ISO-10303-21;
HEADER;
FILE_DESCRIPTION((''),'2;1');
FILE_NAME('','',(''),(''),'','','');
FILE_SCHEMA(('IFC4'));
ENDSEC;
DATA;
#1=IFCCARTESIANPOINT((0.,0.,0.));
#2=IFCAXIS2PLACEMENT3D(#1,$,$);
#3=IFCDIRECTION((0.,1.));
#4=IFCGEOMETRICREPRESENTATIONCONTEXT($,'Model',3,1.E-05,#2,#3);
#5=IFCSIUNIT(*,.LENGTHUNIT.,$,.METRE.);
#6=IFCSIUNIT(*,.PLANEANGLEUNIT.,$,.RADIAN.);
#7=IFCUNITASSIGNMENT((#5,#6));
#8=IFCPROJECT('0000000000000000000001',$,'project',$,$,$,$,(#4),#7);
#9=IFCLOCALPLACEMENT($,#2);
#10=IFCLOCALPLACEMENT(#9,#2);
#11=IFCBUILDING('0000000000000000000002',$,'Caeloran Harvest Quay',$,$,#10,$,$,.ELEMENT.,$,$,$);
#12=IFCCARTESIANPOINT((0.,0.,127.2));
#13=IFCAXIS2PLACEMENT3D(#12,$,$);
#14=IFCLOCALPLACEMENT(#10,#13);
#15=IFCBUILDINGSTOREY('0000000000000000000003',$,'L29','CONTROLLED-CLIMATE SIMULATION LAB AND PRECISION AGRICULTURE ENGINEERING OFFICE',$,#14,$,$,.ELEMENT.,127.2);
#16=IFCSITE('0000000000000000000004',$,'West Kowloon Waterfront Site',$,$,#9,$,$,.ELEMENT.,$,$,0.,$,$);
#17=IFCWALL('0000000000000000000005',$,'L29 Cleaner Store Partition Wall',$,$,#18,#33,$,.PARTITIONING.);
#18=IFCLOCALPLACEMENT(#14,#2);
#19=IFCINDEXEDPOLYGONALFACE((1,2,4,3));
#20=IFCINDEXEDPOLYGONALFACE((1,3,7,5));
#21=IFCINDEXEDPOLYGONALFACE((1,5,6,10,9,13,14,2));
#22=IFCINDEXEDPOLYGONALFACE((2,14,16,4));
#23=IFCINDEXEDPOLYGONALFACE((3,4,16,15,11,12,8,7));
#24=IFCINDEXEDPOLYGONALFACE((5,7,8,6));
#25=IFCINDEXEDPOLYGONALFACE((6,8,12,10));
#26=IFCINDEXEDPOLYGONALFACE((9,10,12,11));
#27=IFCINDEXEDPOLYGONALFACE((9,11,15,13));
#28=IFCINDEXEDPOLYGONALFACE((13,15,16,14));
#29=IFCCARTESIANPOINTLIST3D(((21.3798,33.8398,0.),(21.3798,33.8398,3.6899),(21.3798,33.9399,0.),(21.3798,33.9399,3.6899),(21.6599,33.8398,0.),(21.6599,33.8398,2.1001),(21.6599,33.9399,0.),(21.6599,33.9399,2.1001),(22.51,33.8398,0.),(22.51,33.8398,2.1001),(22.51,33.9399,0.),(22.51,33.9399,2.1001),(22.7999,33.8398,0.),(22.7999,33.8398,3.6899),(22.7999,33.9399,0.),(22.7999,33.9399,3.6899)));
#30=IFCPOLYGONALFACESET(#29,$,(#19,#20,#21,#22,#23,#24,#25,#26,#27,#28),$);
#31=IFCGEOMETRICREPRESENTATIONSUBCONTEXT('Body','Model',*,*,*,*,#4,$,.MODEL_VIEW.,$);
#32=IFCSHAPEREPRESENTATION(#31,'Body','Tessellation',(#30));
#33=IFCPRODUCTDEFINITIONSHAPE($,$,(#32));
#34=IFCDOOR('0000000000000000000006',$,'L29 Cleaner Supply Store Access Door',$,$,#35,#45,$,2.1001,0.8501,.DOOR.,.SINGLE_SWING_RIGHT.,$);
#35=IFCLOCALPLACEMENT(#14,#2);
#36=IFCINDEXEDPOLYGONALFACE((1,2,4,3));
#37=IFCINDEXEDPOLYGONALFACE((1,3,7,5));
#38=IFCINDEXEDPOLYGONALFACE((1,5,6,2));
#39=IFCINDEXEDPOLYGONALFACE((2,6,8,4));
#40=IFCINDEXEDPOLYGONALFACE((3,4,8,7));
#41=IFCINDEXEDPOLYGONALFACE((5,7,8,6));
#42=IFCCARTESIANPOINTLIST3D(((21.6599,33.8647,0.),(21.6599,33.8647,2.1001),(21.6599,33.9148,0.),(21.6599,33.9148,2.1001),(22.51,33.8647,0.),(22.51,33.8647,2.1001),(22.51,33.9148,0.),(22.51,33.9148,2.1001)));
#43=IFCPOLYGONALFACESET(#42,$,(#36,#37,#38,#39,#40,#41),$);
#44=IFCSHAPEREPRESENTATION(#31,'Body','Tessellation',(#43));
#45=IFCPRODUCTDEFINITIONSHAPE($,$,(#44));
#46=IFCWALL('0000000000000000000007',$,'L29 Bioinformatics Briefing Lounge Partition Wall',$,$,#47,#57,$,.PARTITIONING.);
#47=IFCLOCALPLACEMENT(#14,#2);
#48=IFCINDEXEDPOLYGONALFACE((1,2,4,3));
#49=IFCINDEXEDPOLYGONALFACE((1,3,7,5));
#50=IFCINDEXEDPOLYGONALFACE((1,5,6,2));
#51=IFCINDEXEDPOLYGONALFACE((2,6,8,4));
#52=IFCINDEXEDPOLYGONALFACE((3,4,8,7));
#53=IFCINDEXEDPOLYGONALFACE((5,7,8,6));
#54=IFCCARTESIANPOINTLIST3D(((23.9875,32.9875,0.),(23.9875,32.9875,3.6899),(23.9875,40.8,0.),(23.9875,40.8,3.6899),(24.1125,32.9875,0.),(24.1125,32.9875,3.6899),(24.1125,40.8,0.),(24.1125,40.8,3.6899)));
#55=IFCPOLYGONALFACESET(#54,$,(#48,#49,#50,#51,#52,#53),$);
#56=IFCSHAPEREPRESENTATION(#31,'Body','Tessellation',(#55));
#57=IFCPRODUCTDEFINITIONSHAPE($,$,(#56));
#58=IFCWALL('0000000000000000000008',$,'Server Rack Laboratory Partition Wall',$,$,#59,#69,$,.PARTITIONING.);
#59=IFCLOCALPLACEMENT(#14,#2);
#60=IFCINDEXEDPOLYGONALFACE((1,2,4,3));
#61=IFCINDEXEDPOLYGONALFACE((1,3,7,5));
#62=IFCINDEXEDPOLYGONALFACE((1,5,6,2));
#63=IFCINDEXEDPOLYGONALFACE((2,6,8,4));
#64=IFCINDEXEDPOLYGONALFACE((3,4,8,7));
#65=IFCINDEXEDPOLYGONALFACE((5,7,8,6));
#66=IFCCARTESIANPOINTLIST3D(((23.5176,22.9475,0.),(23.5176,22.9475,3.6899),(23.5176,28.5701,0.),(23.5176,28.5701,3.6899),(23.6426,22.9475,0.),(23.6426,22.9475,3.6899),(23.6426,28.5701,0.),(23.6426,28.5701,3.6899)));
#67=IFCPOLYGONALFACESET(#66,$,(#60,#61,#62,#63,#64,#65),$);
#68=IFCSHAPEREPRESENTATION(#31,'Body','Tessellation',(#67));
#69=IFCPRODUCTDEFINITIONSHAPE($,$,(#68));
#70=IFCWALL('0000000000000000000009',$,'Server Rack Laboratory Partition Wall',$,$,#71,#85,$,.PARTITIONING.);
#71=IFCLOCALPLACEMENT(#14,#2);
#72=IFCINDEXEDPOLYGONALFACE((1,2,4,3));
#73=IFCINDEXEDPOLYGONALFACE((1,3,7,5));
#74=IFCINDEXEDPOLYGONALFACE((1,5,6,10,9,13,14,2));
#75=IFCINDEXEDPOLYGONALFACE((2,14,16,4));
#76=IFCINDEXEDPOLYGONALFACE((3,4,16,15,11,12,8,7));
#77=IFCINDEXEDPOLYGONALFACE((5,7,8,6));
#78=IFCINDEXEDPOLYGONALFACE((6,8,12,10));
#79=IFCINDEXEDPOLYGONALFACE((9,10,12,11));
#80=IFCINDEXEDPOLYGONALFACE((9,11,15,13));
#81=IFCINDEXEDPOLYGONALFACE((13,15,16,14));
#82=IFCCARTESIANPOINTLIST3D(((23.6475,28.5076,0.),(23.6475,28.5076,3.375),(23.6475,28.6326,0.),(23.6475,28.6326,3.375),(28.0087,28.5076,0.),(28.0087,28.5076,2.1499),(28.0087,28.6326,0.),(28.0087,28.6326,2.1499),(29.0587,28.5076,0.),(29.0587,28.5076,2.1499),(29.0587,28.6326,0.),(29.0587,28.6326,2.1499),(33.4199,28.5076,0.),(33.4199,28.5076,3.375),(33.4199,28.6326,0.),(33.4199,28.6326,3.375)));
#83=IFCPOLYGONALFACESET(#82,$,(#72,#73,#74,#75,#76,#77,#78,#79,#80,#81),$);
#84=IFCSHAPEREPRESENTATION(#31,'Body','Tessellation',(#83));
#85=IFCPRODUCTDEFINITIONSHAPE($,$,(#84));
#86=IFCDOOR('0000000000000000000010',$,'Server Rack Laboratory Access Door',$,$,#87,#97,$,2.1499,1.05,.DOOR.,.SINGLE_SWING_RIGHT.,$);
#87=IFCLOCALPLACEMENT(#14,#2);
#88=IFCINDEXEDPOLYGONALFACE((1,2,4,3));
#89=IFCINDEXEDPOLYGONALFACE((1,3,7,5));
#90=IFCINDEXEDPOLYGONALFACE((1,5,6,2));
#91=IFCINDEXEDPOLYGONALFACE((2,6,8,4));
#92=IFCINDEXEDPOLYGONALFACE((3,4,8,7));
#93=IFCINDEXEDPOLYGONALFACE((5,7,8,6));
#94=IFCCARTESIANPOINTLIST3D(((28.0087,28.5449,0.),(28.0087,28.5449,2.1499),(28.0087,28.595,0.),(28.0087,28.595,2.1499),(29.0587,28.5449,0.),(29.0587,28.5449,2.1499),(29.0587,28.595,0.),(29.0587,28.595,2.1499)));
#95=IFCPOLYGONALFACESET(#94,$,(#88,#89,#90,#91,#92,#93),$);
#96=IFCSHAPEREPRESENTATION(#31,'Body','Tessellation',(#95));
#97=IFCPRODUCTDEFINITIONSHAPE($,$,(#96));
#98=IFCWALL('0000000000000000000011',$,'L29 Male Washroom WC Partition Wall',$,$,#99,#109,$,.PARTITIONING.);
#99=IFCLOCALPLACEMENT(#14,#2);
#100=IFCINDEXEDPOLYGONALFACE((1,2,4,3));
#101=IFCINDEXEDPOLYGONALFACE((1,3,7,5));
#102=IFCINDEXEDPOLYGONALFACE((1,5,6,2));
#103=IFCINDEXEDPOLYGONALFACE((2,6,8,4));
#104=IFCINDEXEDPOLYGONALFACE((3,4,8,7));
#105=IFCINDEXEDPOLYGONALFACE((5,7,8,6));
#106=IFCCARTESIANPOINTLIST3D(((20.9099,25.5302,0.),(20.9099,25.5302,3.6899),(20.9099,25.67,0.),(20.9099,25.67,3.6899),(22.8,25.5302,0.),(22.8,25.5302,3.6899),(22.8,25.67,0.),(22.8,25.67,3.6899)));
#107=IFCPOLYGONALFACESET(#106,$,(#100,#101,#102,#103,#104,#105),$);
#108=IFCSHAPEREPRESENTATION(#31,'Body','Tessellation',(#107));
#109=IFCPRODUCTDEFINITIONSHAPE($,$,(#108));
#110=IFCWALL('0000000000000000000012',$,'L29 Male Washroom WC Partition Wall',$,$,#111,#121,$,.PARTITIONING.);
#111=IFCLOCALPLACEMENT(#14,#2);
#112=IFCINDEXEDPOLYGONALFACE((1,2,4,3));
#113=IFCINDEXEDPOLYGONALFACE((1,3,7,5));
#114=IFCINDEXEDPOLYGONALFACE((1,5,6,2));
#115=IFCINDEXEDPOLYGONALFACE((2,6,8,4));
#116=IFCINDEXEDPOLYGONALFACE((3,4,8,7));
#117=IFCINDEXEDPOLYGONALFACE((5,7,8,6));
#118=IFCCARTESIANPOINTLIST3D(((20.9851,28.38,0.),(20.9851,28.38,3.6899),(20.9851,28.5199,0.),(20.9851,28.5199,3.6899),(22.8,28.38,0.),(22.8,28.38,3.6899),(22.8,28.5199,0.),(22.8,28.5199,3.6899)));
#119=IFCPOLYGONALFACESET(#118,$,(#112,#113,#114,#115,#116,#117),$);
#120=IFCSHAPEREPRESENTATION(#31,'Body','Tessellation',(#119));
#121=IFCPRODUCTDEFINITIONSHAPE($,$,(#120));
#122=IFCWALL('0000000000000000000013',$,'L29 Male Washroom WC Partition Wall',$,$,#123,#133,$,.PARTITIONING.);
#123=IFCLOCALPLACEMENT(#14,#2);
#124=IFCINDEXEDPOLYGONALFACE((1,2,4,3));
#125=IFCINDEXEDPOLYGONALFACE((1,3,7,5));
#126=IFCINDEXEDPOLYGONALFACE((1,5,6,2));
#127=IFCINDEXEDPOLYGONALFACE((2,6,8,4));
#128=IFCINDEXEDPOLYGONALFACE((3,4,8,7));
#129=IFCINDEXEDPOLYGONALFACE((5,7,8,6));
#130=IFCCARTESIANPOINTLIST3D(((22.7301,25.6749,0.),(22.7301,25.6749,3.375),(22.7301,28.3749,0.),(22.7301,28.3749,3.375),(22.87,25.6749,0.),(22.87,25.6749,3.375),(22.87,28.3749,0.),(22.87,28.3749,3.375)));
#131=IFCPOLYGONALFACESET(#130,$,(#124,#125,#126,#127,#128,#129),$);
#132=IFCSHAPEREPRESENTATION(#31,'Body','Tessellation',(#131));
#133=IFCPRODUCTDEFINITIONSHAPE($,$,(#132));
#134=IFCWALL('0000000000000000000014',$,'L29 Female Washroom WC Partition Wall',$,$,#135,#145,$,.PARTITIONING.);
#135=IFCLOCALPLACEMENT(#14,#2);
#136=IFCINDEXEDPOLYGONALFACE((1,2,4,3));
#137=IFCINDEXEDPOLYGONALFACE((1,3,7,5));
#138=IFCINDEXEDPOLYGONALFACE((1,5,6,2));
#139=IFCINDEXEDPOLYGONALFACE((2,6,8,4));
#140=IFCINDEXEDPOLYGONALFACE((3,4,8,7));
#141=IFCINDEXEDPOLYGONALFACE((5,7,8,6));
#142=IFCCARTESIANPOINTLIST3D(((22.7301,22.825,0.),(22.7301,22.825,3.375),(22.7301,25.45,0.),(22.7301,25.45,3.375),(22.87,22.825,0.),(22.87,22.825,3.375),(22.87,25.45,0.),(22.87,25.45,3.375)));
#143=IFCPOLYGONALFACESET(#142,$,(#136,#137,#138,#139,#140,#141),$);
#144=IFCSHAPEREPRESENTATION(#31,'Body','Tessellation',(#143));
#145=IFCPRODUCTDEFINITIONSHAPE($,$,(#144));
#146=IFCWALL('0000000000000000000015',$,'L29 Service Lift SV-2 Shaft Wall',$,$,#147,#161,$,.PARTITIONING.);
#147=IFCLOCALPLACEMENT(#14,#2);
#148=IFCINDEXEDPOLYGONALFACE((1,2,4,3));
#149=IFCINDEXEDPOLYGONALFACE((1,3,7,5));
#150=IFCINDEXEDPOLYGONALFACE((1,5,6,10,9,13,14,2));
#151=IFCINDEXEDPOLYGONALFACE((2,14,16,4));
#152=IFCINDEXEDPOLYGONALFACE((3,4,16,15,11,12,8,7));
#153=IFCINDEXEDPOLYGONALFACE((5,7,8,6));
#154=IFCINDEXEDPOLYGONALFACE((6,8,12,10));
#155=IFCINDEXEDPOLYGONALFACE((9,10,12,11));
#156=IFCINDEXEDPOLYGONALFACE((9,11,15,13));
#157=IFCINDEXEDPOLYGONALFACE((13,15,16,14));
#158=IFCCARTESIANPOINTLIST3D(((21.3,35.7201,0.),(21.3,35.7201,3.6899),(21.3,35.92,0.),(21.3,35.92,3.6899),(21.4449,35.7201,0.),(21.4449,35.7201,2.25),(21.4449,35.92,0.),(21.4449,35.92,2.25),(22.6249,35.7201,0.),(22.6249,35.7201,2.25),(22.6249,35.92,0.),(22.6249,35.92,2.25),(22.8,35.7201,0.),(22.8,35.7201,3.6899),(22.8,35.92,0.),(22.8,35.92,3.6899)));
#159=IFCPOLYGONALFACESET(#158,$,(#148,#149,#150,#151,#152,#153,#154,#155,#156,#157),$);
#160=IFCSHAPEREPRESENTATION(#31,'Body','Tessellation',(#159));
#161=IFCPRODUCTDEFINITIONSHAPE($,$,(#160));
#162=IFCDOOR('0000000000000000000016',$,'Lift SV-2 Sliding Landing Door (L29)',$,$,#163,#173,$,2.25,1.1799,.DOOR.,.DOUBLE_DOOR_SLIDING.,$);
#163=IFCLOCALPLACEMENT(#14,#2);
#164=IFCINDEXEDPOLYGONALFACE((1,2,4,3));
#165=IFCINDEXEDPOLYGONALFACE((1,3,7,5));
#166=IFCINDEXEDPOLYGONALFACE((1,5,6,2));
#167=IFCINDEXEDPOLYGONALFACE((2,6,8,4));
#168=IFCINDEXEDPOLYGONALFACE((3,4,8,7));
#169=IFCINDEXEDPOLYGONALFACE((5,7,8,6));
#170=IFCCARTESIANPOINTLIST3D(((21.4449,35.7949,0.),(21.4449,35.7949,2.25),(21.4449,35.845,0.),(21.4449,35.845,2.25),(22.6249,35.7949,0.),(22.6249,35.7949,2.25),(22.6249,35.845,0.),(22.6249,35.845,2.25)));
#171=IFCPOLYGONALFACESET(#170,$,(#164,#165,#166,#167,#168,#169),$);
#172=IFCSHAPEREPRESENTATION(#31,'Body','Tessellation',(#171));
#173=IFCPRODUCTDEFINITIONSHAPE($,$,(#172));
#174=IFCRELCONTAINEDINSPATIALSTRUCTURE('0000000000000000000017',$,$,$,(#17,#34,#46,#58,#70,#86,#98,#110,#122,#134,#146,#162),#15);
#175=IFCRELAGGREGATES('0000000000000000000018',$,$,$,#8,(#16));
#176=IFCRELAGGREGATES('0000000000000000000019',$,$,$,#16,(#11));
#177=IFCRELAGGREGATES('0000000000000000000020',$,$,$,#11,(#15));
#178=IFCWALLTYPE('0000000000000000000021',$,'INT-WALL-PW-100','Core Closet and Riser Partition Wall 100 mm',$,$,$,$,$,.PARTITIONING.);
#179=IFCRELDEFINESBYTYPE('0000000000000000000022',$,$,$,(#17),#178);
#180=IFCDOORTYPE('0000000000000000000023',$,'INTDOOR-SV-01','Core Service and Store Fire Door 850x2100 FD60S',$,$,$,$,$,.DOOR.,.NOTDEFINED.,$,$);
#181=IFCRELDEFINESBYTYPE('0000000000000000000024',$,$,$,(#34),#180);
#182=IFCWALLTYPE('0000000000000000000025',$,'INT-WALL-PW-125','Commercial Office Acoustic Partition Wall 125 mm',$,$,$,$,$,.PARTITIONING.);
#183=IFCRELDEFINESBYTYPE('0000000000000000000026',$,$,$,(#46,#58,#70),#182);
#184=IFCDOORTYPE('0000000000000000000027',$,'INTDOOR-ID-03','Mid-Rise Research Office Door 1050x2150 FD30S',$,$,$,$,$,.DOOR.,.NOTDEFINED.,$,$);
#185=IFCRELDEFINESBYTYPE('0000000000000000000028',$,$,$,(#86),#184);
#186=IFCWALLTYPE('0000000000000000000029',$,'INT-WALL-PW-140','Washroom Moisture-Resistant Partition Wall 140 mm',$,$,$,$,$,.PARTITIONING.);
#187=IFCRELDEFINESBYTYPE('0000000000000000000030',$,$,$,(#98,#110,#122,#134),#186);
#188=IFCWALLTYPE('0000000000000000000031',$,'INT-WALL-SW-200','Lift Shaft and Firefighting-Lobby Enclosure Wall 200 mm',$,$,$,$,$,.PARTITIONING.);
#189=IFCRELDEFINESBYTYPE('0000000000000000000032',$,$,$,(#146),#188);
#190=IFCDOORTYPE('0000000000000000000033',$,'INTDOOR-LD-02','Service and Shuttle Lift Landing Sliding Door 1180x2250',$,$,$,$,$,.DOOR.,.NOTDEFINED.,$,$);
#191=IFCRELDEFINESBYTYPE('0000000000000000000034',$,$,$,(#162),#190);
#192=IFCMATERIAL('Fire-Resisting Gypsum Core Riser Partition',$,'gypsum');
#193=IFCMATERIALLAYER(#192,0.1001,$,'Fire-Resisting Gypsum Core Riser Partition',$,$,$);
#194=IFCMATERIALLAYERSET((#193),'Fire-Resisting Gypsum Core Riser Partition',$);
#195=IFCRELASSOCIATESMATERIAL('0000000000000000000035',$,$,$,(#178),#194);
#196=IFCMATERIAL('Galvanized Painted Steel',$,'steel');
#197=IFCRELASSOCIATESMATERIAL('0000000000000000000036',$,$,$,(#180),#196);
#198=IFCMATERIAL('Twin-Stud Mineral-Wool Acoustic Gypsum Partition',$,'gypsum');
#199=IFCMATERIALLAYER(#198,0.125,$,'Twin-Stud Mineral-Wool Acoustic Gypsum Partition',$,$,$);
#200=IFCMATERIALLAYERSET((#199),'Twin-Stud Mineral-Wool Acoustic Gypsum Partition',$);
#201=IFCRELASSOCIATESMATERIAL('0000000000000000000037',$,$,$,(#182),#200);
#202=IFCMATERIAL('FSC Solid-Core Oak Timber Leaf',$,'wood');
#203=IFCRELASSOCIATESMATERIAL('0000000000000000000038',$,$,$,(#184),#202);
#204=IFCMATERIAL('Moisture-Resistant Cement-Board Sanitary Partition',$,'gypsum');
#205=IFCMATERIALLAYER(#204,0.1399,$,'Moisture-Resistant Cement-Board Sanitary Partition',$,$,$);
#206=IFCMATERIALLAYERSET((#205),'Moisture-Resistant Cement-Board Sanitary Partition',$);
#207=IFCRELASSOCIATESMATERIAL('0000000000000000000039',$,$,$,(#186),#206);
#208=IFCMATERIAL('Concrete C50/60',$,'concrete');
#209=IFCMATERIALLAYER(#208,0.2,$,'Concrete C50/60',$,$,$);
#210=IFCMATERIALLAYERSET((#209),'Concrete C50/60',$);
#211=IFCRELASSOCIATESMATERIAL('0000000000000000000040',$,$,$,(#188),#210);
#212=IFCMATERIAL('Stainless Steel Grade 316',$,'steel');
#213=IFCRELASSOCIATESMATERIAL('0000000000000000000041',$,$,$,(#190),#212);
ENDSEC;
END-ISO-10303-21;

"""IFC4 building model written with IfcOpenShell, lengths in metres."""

from ifc_helpers import new_model, si_unit, direction, frame, frame_2d, origin, place, context, subcontext, project, spatial, rectangle, extrude, material, layer, layer_set, type_object, element, fill, save


model = new_model("IFC4")

# Units and contexts
model_context = context("Model", 3, precision=1e-05, world=origin(), true_north=direction((0.0, 1.0)))
body_context = subcontext(model_context, "Body", "Model", "MODEL_VIEW")
ifc_project = project(units=[si_unit("LENGTHUNIT", "METRE"), si_unit("PLANEANGLEUNIT", "RADIAN")], contexts=[model_context])

# Site, building, storey
site_placement = place(None, origin())
site = spatial("IfcSite", under=ifc_project, at=site_placement, Name="West Kowloon Waterfront Site", CompositionType="ELEMENT", RefElevation=0.0)
building_placement = place(site_placement, origin())
building = spatial("IfcBuilding", under=site, at=building_placement, Name="Caeloran Harvest Quay", CompositionType="ELEMENT")
storey_placement = place(building_placement, frame((0.0, 0.0, 127.2)))
storey = spatial("IfcBuildingStorey", under=building, at=storey_placement, Name="L29", Description="CONTROLLED-CLIMATE SIMULATION LAB AND PRECISION AGRICULTURE ENGINEERING OFFICE", CompositionType="ELEMENT", Elevation=127.2)

# Wall, opening, door
ifc_material_1 = material(Name="Fire-Resisting Gypsum Core Riser Partition", Category="gypsum")
ifc_layer_1 = layer(ifc_material_1, 0.1001, Name="Fire-Resisting Gypsum Core Riser Partition")
ifc_layer_set_1 = layer_set([ifc_layer_1], Name="Fire-Resisting Gypsum Core Riser Partition")
wall_type_1 = type_object("IfcWallType", Name="INT-WALL-PW-100", Description="Core Closet and Riser Partition Wall 100 mm", PredefinedType="PARTITIONING", material=ifc_layer_set_1)
wall_1_placement = place(storey_placement, frame((21.3799, 33.8899, 0.0), z_axis=(0.0, 0.0, 1.0), x_axis=(1.0, 0.0, 0.0)))
wall_1 = element("IfcWall", 1, at=wall_1_placement, inside=storey, type_object=wall_type_1, Name="L29 Cleaner Store Partition Wall", PredefinedType="PARTITIONING", context=body_context, shape_type="SweptSolid", body=[
    extrude(rectangle(XDim=1.4202, YDim=0.1001, at=frame_2d((0.71, 0.0))), origin(), (0.0, 0.0, 1.0), 3.6899),
])
opening_1_placement = place(wall_1_placement, frame((0.28, 0.0, 0.0)))
opening_1 = element("IfcOpeningElement", 2, at=opening_1_placement, cuts=wall_1, PredefinedType="OPENING", context=body_context, shape_type="SweptSolid", body=[
    extrude(rectangle(XDim=0.8501, YDim=2.1001, at=frame_2d((0.425, 1.05))), frame((0.0, 0.0601, 0.0), z_axis=(0.0, -1.0, 0.0), x_axis=(1.0, 0.0, 0.0)), (0.0, 0.0, 1.0), 0.1201),
])
ifc_material_2 = material(Name="Galvanized Painted Steel", Category="steel")
door_type_1 = type_object("IfcDoorType", Name="INTDOOR-SV-01", Description="Core Service and Store Fire Door 850x2100 FD60S", OperationType="NOTDEFINED", PredefinedType="DOOR", material=ifc_material_2)
door_1_placement = place(opening_1_placement, origin())
door_1 = element("IfcDoor", 3, at=door_1_placement, inside=storey, type_object=door_type_1, Name="L29 Cleaner Supply Store Access Door", OperationType="SINGLE_SWING_RIGHT", OverallHeight=2.1001, OverallWidth=0.8501, PredefinedType="DOOR", context=body_context, shape_type="SweptSolid", body=[
    extrude(rectangle(XDim=0.8501, YDim=2.1001, at=frame_2d((0.425, 1.05))), frame((0.0, 0.0249, 0.0), z_axis=(0.0, -1.0, 0.0), x_axis=(1.0, 0.0, 0.0)), (0.0, 0.0, 1.0), 0.05),
])
fill(opening_1, door_1)

# Walls
ifc_material_3 = material(Name="Twin-Stud Mineral-Wool Acoustic Gypsum Partition", Category="gypsum")
ifc_layer_2 = layer(ifc_material_3, 0.125, Name="Twin-Stud Mineral-Wool Acoustic Gypsum Partition")
ifc_layer_set_2 = layer_set([ifc_layer_2], Name="Twin-Stud Mineral-Wool Acoustic Gypsum Partition")
wall_type_2 = type_object("IfcWallType", Name="INT-WALL-PW-125", Description="Commercial Office Acoustic Partition Wall 125 mm", PredefinedType="PARTITIONING", material=ifc_layer_set_2)
wall_2_placement = place(storey_placement, frame((24.05, 32.9875, 0.0), z_axis=(0.0, 0.0, 1.0), x_axis=(0.0, 1.0, 0.0)))
element("IfcWall", 4, at=wall_2_placement, inside=storey, type_object=wall_type_2, Name="L29 Bioinformatics Briefing Lounge Partition Wall", PredefinedType="PARTITIONING", context=body_context, shape_type="SweptSolid", body=[
    extrude(rectangle(XDim=7.8125, YDim=0.125, at=frame_2d((3.9062, 0.0))), origin(), (0.0, 0.0, 1.0), 3.6899),
])
wall_3_placement = place(storey_placement, frame((23.5801, 22.9475, 0.0), z_axis=(0.0, 0.0, 1.0), x_axis=(0.0, 1.0, 0.0)))
element("IfcWall", 5, at=wall_3_placement, inside=storey, type_object=wall_type_2, Name="Server Rack Laboratory Partition Wall", PredefinedType="PARTITIONING", context=body_context, shape_type="SweptSolid", body=[
    extrude(rectangle(XDim=5.6226, YDim=0.125, at=frame_2d((2.8113, 0.0))), origin(), (0.0, 0.0, 1.0), 3.6899),
])

# Wall, opening, door
wall_4_placement = place(storey_placement, frame((23.6475, 28.5701, 0.0), z_axis=(0.0, 0.0, 1.0), x_axis=(1.0, 0.0, 0.0)))
wall_4 = element("IfcWall", 6, at=wall_4_placement, inside=storey, type_object=wall_type_2, Name="Server Rack Laboratory Partition Wall", PredefinedType="PARTITIONING", context=body_context, shape_type="SweptSolid", body=[
    extrude(rectangle(XDim=9.7725, YDim=0.125, at=frame_2d((4.8862, 0.0))), origin(), (0.0, 0.0, 1.0), 3.375),
])
opening_2_placement = place(wall_4_placement, frame((4.3613, 0.0, 0.0)))
opening_2 = element("IfcOpeningElement", 7, at=opening_2_placement, cuts=wall_4, PredefinedType="OPENING", context=body_context, shape_type="SweptSolid", body=[
    extrude(rectangle(XDim=1.05, YDim=2.1499, at=frame_2d((0.5249, 1.075))), frame((0.0, 0.0725, 0.0), z_axis=(0.0, -1.0, 0.0), x_axis=(1.0, 0.0, 0.0)), (0.0, 0.0, 1.0), 0.145),
])
ifc_material_4 = material(Name="FSC Solid-Core Oak Timber Leaf", Category="wood")
door_type_2 = type_object("IfcDoorType", Name="INTDOOR-ID-03", Description="Mid-Rise Research Office Door 1050x2150 FD30S", OperationType="NOTDEFINED", PredefinedType="DOOR", material=ifc_material_4)
door_2_placement = place(opening_2_placement, origin())
door_2 = element("IfcDoor", 8, at=door_2_placement, inside=storey, type_object=door_type_2, Name="Server Rack Laboratory Access Door", OperationType="SINGLE_SWING_RIGHT", OverallHeight=2.1499, OverallWidth=1.05, PredefinedType="DOOR", context=body_context, shape_type="SweptSolid", body=[
    extrude(rectangle(XDim=1.05, YDim=2.1499, at=frame_2d((0.5249, 1.075))), frame((0.0, 0.0249, 0.0), z_axis=(0.0, -1.0, 0.0), x_axis=(1.0, 0.0, 0.0)), (0.0, 0.0, 1.0), 0.05),
])
fill(opening_2, door_2)

# Wall
ifc_material_5 = material(Name="Moisture-Resistant Cement-Board Sanitary Partition", Category="gypsum")
ifc_layer_3 = layer(ifc_material_5, 0.1399, Name="Moisture-Resistant Cement-Board Sanitary Partition")
ifc_layer_set_3 = layer_set([ifc_layer_3], Name="Moisture-Resistant Cement-Board Sanitary Partition")
wall_type_3 = type_object("IfcWallType", Name="INT-WALL-PW-140", Description="Washroom Moisture-Resistant Partition Wall 140 mm", PredefinedType="PARTITIONING", material=ifc_layer_set_3)
wall_5_placement = place(storey_placement, frame((22.8, 25.6001, 0.0), z_axis=(0.0, 0.0, 1.0), x_axis=(-1.0, 0.0, 0.0)))
element("IfcWall", 9, at=wall_5_placement, inside=storey, type_object=wall_type_3, Name="L29 Male Washroom WC Partition Wall", PredefinedType="PARTITIONING", context=body_context, shape_type="SweptSolid", body=[
    extrude(rectangle(XDim=1.8901, YDim=0.1399, at=frame_2d((0.9451, 0.0))), origin(), (0.0, 0.0, 1.0), 3.6899),
])

# Walls
wall_6_placement = place(storey_placement, frame((20.9851, 28.45, 0.0), z_axis=(0.0, 0.0, 1.0), x_axis=(1.0, 0.0, 0.0)))
element("IfcWall", 10, at=wall_6_placement, inside=storey, type_object=wall_type_3, Name="L29 Male Washroom WC Partition Wall", PredefinedType="PARTITIONING", context=body_context, shape_type="SweptSolid", body=[
    extrude(rectangle(XDim=1.8149, YDim=0.1399, at=frame_2d((0.9075, 0.0))), origin(), (0.0, 0.0, 1.0), 3.6899),
])
wall_7_placement = place(storey_placement, frame((22.8, 28.375, 0.0), z_axis=(0.0, 0.0, 1.0), x_axis=(0.0, -1.0, 0.0)))
element("IfcWall", 11, at=wall_7_placement, inside=storey, type_object=wall_type_3, Name="L29 Male Washroom WC Partition Wall", PredefinedType="PARTITIONING", context=body_context, shape_type="SweptSolid", body=[
    extrude(rectangle(XDim=2.7, YDim=0.1399, at=frame_2d((1.3501, 0.0))), origin(), (0.0, 0.0, 1.0), 3.375),
])

# Wall
wall_8_placement = place(storey_placement, frame((22.8, 25.45, 0.0), z_axis=(0.0, 0.0, 1.0), x_axis=(0.0, -1.0, 0.0)))
element("IfcWall", 12, at=wall_8_placement, inside=storey, type_object=wall_type_3, Name="L29 Female Washroom WC Partition Wall", PredefinedType="PARTITIONING", context=body_context, shape_type="SweptSolid", body=[
    extrude(rectangle(XDim=2.625, YDim=0.1399, at=frame_2d((1.3125, 0.0))), origin(), (0.0, 0.0, 1.0), 3.375),
])

# Wall, opening, door
ifc_material_6 = material(Name="Concrete C50/60", Category="concrete")
ifc_layer_4 = layer(ifc_material_6, 0.2, Name="Concrete C50/60")
ifc_layer_set_4 = layer_set([ifc_layer_4], Name="Concrete C50/60")
wall_type_4 = type_object("IfcWallType", Name="INT-WALL-SW-200", Description="Lift Shaft and Firefighting-Lobby Enclosure Wall 200 mm", PredefinedType="PARTITIONING", material=ifc_layer_set_4)
wall_9_placement = place(storey_placement, frame((21.3, 35.8201, 0.0), z_axis=(0.0, 0.0, 1.0), x_axis=(1.0, 0.0, 0.0)))
wall_9 = element("IfcWall", 13, at=wall_9_placement, inside=storey, type_object=wall_type_4, Name="L29 Service Lift SV-2 Shaft Wall", PredefinedType="PARTITIONING", context=body_context, shape_type="SweptSolid", body=[
    extrude(rectangle(XDim=1.5, YDim=0.2, at=frame_2d((0.75, 0.0))), origin(), (0.0, 0.0, 1.0), 3.6899),
])
opening_3_placement = place(wall_9_placement, frame((0.145, 0.0, 0.0)))
opening_3 = element("IfcOpeningElement", 14, at=opening_3_placement, cuts=wall_9, PredefinedType="OPENING", context=body_context, shape_type="SweptSolid", body=[
    extrude(rectangle(XDim=1.1799, YDim=2.25, at=frame_2d((0.5898, 1.125))), frame((0.0, 0.1099, 0.0), z_axis=(0.0, -1.0, 0.0), x_axis=(1.0, 0.0, 0.0)), (0.0, 0.0, 1.0), 0.22),
])
ifc_material_7 = material(Name="Stainless Steel Grade 316", Category="steel")
door_type_3 = type_object("IfcDoorType", Name="INTDOOR-LD-02", Description="Service and Shuttle Lift Landing Sliding Door 1180x2250", OperationType="NOTDEFINED", PredefinedType="DOOR", material=ifc_material_7)
door_3_placement = place(opening_3_placement, origin())
door_3 = element("IfcDoor", 15, at=door_3_placement, inside=storey, type_object=door_type_3, Name="Lift SV-2 Sliding Landing Door (L29)", OperationType="DOUBLE_DOOR_SLIDING", OverallHeight=2.25, OverallWidth=1.1799, PredefinedType="DOOR", context=body_context, shape_type="SweptSolid", body=[
    extrude(rectangle(XDim=1.1799, YDim=2.25, at=frame_2d((0.5898, 1.125))), frame((0.0, 0.0249, 0.0), z_axis=(0.0, -1.0, 0.0), x_axis=(1.0, 0.0, 0.0)), (0.0, 0.0, 1.0), 0.05),
])
fill(opening_3, door_3)

save(model, "model.ifc")
